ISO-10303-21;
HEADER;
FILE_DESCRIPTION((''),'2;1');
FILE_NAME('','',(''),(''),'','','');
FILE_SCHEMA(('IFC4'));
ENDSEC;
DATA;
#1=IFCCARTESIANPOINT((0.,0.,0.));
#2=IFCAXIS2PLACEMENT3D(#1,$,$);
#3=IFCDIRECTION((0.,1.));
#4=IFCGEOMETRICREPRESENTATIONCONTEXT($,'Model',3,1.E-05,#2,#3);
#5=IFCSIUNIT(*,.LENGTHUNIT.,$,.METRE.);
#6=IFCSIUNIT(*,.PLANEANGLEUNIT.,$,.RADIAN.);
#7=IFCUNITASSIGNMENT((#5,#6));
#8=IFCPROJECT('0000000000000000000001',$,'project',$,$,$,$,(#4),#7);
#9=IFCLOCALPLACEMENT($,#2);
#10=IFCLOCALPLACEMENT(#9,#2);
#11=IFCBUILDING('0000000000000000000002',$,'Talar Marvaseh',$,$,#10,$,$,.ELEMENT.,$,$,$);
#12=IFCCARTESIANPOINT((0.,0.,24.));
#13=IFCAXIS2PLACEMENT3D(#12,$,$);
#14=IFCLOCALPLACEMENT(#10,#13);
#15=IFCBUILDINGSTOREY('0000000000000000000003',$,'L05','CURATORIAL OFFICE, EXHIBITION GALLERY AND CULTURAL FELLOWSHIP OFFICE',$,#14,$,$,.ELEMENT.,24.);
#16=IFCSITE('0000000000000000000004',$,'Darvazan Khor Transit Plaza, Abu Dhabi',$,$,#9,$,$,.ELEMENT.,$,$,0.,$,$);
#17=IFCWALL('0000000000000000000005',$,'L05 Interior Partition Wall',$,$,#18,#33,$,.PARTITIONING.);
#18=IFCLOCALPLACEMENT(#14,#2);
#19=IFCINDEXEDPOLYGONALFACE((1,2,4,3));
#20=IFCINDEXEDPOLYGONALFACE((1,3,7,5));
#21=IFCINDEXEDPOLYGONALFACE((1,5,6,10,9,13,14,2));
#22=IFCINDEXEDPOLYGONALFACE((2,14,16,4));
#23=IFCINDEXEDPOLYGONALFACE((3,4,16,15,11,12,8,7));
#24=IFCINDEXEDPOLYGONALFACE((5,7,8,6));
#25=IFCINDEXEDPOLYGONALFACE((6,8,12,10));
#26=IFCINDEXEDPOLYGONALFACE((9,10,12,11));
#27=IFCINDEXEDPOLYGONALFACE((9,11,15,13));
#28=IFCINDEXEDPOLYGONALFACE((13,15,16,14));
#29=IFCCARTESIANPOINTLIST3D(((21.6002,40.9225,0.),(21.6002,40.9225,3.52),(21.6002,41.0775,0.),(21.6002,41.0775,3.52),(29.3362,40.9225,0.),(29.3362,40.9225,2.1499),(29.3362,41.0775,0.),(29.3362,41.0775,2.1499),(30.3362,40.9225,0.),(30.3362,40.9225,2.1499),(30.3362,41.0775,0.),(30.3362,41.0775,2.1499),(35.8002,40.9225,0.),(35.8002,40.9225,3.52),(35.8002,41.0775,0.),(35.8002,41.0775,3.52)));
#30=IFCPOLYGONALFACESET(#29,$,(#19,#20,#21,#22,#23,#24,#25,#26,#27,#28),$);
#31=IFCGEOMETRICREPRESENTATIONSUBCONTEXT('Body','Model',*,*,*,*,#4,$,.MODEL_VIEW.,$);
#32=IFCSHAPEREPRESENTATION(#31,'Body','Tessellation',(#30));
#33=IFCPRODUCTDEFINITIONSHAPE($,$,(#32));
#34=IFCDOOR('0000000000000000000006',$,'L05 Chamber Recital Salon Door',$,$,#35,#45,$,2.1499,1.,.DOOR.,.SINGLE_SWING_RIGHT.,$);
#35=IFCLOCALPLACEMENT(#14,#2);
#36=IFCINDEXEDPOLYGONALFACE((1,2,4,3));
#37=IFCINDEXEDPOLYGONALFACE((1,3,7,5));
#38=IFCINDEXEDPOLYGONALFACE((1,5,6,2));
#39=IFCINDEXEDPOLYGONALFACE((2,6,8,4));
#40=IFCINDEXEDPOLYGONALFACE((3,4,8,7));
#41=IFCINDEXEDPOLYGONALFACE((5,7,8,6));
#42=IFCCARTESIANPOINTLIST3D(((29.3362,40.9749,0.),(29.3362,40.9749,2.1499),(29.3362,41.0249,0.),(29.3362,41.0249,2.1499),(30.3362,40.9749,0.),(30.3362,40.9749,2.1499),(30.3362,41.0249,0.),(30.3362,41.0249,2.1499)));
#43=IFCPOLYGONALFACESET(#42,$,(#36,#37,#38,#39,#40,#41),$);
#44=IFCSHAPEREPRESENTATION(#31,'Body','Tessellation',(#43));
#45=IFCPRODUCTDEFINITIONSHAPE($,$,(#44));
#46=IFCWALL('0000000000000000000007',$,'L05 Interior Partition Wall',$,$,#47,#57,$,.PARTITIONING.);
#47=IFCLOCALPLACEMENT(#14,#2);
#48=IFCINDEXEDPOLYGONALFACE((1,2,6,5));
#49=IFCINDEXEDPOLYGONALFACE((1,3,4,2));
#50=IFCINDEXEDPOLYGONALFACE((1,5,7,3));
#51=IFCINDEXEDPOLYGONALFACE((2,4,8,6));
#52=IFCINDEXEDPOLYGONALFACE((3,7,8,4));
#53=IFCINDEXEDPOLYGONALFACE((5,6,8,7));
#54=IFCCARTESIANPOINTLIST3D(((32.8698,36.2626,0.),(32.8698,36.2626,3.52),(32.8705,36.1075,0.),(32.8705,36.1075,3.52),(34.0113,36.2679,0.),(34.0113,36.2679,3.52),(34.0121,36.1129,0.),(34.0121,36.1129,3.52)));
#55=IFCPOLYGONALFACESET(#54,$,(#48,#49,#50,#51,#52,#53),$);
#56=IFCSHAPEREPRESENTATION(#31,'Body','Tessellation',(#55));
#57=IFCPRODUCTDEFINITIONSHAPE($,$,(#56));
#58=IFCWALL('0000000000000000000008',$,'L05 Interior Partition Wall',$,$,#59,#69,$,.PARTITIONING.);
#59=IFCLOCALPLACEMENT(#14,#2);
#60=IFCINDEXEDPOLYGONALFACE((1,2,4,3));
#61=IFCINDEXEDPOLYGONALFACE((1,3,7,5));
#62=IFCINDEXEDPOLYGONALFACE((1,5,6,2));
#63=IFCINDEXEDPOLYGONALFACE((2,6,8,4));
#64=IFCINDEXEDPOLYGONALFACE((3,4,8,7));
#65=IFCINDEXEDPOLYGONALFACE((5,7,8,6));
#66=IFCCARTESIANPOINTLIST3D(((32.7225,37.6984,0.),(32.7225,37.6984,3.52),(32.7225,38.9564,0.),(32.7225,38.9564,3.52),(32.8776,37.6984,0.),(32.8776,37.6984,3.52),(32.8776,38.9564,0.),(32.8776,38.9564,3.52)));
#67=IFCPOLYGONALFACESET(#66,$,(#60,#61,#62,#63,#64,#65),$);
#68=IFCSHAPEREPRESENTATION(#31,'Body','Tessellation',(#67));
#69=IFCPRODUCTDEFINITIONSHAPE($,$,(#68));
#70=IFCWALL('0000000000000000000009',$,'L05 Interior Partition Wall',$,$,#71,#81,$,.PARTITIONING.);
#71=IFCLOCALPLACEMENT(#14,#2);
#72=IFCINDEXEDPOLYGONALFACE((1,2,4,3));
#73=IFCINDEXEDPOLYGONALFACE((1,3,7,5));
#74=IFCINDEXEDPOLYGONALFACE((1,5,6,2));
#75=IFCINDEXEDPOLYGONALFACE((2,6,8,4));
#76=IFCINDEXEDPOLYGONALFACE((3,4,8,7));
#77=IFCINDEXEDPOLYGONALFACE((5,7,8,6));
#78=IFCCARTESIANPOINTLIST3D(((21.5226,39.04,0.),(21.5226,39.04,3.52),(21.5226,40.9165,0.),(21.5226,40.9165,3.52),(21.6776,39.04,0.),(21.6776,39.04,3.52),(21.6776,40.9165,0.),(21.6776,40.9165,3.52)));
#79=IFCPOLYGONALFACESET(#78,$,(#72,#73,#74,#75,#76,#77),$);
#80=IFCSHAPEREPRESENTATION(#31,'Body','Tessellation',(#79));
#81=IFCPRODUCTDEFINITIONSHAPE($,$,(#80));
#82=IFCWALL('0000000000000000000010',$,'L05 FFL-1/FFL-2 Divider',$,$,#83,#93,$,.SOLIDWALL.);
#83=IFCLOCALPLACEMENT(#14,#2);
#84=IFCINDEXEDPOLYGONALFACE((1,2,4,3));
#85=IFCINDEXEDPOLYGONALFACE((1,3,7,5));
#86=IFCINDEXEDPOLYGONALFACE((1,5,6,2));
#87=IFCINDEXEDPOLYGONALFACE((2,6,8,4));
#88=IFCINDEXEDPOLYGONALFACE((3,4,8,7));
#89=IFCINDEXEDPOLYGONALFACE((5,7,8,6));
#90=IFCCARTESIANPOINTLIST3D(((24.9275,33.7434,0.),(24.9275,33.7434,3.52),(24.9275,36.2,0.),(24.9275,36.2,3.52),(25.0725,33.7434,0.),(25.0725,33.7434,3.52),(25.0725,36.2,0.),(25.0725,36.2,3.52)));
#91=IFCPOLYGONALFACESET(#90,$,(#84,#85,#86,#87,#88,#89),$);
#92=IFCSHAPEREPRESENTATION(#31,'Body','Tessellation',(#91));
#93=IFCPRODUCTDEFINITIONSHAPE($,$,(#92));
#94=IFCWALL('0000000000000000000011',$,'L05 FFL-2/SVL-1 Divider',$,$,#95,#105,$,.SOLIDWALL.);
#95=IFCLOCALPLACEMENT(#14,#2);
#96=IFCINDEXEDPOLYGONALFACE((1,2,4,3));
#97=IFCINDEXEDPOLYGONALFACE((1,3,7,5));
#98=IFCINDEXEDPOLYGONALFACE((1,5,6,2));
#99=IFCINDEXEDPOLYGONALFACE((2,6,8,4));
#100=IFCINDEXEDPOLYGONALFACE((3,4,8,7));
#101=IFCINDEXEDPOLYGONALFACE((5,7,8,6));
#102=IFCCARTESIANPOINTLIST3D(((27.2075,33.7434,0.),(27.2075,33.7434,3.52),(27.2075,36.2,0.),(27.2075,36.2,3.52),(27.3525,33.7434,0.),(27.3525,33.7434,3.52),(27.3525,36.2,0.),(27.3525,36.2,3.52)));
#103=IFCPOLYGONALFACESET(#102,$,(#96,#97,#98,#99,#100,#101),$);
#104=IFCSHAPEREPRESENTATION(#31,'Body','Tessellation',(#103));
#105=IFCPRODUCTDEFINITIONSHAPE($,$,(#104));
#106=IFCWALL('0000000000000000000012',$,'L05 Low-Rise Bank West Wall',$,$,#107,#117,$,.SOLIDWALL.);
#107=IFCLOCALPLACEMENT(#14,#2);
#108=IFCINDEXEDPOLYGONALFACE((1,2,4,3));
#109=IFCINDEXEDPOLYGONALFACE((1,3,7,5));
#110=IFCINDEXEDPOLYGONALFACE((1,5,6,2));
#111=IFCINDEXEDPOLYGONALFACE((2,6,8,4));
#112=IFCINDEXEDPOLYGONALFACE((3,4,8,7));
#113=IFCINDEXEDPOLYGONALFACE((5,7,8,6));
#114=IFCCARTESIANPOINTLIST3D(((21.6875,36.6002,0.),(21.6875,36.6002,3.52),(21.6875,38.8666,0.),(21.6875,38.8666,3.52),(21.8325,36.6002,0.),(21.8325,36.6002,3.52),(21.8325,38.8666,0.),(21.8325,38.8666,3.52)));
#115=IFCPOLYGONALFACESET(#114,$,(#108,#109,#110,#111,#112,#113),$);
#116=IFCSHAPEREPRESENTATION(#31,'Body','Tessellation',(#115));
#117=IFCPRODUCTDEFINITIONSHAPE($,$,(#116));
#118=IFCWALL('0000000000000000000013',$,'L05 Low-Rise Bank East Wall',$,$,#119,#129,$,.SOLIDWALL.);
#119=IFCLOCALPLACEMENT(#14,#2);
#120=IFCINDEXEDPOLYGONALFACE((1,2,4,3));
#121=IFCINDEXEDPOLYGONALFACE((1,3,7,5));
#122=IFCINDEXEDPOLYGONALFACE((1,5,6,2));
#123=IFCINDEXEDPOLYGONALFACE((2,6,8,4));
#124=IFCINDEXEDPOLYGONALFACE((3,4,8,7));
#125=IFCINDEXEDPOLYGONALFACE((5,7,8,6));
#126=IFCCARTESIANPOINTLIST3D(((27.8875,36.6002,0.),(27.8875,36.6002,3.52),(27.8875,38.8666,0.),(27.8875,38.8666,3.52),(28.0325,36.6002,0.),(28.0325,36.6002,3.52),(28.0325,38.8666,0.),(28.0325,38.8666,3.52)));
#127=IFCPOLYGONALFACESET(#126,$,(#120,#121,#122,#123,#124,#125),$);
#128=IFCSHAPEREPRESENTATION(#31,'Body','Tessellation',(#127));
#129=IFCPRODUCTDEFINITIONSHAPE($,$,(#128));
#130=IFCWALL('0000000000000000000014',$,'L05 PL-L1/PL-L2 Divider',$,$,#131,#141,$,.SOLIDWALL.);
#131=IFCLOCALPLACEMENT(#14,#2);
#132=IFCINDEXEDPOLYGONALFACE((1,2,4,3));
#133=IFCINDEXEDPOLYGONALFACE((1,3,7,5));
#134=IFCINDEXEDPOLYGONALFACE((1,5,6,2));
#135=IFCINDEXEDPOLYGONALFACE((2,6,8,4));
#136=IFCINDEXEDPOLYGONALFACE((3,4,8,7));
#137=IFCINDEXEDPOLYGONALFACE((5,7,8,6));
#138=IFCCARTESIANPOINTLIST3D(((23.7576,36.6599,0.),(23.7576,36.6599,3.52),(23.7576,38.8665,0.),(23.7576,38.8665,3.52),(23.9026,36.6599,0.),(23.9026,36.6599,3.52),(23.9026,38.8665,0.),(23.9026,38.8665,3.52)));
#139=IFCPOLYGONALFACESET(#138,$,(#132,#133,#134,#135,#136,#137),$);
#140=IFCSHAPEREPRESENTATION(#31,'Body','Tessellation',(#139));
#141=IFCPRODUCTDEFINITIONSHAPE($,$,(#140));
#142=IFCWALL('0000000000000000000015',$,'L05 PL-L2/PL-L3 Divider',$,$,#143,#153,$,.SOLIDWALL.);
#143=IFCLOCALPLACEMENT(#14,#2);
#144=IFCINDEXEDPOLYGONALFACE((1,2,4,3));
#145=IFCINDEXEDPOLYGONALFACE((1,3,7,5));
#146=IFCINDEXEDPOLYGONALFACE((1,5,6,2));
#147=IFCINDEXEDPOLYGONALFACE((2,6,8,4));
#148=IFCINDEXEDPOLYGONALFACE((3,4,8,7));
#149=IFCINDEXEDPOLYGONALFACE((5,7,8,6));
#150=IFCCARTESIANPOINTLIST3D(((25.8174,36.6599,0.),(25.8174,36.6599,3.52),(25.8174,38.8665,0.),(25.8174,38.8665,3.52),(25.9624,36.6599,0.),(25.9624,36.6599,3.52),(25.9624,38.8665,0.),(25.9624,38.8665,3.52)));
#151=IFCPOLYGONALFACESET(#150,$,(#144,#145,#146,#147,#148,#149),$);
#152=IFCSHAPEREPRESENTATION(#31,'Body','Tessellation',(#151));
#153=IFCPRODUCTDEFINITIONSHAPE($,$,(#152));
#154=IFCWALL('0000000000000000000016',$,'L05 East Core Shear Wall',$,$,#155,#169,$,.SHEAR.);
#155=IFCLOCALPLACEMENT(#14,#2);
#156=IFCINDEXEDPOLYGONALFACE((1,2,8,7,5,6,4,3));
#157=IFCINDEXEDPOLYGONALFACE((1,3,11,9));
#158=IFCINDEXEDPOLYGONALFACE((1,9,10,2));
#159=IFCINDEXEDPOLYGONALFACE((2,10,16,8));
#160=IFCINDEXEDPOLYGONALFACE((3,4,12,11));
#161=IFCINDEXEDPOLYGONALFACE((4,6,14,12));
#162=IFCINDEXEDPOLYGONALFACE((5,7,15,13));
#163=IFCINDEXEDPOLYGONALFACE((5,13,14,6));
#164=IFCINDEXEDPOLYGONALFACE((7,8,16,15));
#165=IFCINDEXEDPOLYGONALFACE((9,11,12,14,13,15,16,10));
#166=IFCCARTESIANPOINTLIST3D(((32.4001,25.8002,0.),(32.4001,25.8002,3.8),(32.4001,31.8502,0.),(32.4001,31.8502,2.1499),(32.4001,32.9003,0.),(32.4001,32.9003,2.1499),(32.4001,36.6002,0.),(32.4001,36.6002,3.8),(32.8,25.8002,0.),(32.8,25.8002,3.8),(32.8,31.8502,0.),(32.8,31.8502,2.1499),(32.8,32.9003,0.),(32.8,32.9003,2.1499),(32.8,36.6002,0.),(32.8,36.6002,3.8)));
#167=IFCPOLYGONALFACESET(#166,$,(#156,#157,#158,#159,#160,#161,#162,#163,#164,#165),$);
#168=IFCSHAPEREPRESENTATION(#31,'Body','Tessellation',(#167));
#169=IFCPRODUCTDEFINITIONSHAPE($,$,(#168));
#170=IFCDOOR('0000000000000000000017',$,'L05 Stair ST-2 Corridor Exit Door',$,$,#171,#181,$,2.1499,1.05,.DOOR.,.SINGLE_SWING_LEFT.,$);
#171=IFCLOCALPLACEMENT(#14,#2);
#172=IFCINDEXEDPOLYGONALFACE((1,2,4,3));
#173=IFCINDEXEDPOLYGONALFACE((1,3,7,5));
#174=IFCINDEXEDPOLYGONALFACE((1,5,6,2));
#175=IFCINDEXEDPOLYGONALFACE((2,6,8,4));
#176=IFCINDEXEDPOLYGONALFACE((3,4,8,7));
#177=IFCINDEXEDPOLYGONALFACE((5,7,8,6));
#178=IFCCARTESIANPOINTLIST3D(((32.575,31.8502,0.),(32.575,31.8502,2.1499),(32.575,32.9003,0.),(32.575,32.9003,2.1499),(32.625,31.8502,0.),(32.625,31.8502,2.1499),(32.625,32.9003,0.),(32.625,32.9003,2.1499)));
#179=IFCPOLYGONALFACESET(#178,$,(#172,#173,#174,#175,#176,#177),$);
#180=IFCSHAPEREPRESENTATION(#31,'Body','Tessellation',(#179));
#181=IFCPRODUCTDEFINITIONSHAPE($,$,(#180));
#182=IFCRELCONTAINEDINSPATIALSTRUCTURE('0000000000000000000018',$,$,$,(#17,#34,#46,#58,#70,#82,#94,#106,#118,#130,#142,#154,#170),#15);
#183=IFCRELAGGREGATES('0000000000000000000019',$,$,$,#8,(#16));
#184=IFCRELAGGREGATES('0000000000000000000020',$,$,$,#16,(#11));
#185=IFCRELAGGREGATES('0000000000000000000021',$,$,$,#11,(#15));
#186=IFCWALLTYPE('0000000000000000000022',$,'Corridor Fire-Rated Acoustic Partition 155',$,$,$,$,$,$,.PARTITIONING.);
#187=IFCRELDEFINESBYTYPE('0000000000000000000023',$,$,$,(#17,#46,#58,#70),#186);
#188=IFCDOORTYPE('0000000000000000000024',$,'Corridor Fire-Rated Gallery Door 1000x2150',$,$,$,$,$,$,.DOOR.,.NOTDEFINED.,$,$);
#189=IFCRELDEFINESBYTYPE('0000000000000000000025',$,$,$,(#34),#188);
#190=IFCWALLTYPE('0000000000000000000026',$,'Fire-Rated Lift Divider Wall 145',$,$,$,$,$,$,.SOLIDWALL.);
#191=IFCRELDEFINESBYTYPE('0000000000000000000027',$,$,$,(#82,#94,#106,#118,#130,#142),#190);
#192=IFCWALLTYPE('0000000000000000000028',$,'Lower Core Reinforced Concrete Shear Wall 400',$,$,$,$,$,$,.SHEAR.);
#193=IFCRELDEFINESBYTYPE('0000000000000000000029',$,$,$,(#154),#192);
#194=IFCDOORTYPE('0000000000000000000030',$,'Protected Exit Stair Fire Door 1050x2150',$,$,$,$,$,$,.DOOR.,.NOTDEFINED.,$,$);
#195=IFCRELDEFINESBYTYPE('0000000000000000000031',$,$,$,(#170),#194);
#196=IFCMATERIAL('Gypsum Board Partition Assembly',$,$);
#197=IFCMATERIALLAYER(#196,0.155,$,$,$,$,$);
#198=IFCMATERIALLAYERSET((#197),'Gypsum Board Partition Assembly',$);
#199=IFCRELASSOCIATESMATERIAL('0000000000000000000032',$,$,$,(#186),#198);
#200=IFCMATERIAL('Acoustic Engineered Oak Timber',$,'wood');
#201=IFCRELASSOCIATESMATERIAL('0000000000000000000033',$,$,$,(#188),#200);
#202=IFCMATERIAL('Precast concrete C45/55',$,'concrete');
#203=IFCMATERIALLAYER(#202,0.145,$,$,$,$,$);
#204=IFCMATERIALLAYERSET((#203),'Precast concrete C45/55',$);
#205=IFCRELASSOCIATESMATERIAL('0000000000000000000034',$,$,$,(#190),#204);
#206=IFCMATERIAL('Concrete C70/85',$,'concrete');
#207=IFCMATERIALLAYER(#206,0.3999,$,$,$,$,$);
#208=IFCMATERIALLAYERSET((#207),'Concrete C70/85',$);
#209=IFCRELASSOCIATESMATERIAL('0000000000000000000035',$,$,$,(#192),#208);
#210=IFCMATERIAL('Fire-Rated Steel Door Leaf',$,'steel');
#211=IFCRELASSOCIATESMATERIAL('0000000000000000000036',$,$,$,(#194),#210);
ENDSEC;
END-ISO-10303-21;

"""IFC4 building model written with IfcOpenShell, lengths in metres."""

from ifc_helpers import new_model, si_unit, direction, frame, frame_2d, origin, place, context, subcontext, project, spatial, rectangle, extrude, source, transform, mapped, material, layer, layer_set, type_object, type_shapes, element, fill, save


model = new_model("IFC4")

# Units and contexts
model_context = context("Model", 3, precision=1e-05, world=origin(), true_north=direction((0.0, 1.0)))
body_context = subcontext(model_context, "Body", "Model", "MODEL_VIEW")
ifc_project = project(units=[si_unit("LENGTHUNIT", "METRE"), si_unit("PLANEANGLEUNIT", "RADIAN")], contexts=[model_context])

# Site, building, storey
site_placement = place(None, origin())
site = spatial("IfcSite", under=ifc_project, at=site_placement, Name="Darvazan Khor Transit Plaza, Abu Dhabi", CompositionType="ELEMENT", RefElevation=0.0)
building_placement = place(site_placement, origin())
building = spatial("IfcBuilding", under=site, at=building_placement, Name="Talar Marvaseh", CompositionType="ELEMENT")
storey_placement = place(building_placement, frame((0.0, 0.0, 24.0)))
storey = spatial("IfcBuildingStorey", under=building, at=storey_placement, Name="L05", Description="CURATORIAL OFFICE, EXHIBITION GALLERY AND CULTURAL FELLOWSHIP OFFICE", CompositionType="ELEMENT", Elevation=24.0)

# Shared definitions
ifc_material_1 = material(Name="Concrete C70/85", Category="concrete")

# Wall, opening, door
ifc_material_2 = material(Name="Gypsum Board Partition Assembly")
ifc_layer_1 = layer(ifc_material_2, 0.155)
ifc_layer_set_1 = layer_set([ifc_layer_1], Name="Gypsum Board Partition Assembly")
wall_type_1 = type_object("IfcWallType", Name="Corridor Fire-Rated Acoustic Partition 155", PredefinedType="PARTITIONING", material=ifc_layer_set_1)
ifc_material_3 = material(Name="Acoustic Engineered Oak Timber", Category="wood")
wall_1_placement = place(storey_placement, frame((21.6001, 41.0, 0.0), z_axis=(0.0, 0.0, 1.0), x_axis=(1.0, 0.0, 0.0)))
wall_1 = element("IfcWall", 1, at=wall_1_placement, inside=storey, type_object=wall_type_1, Name="L05 Interior Partition Wall", PredefinedType="PARTITIONING", context=body_context, shape_type="SweptSolid", body=[
    extrude(rectangle(XDim=14.2, YDim=0.155, at=frame_2d((7.1001, 0.0))), origin(), (0.0, 0.0, 1.0), 3.52),
])
opening_1_placement = place(wall_1_placement, frame((7.7361, 0.0, 0.0)))
opening_1 = element("IfcOpeningElement", 2, at=opening_1_placement, cuts=wall_1, PredefinedType="OPENING", context=body_context, shape_type="SweptSolid", body=[
    extrude(rectangle(XDim=1.0, YDim=2.1499, at=frame_2d((0.5, 1.075))), frame((0.0, 0.0874, 0.0), z_axis=(0.0, -1.0, 0.0), x_axis=(1.0, 0.0, 0.0)), (0.0, 0.0, 1.0), 0.175),
])
door_type_1 = type_object("IfcDoorType", Name="Corridor Fire-Rated Gallery Door 1000x2150", OperationType="NOTDEFINED", PredefinedType="DOOR", material=ifc_material_3)
shared_shape_1 = source(origin(), body_context, "Body", "SweptSolid", [
    extrude(rectangle(XDim=1.0, YDim=2.1499, at=frame_2d((0.5, 1.075))), frame((0.0, 0.0249, 0.0), z_axis=(0.0, -1.0, 0.0), x_axis=(1.0, 0.0, 0.0)), (0.0, 0.0, 1.0), 0.05),
])
type_shapes(door_type_1, [shared_shape_1])
door_1_placement = place(opening_1_placement, origin())
door_1 = element("IfcDoor", 3, at=door_1_placement, inside=storey, type_object=door_type_1, Name="L05 Chamber Recital Salon Door", OperationType="SINGLE_SWING_RIGHT", OverallHeight=2.1499, OverallWidth=1.0, PredefinedType="DOOR", context=body_context, shape_type="MappedRepresentation", body=[
    mapped(shared_shape_1, transform((0.0, 0.0, 0.0), x_axis=(1.0, 0.0, 0.0), y_axis=(0.0, 1.0, 0.0), z_axis=(0.0, 0.0, 1.0), scale=1.0)),
])
fill(opening_1, door_1)

# Walls
wall_2_placement = place(storey_placement, frame((32.8701, 36.1851, 0.0), z_axis=(0.0, 0.0, 1.0), x_axis=(0.999989, 0.004705, 0.0)))
element("IfcWall", 4, at=wall_2_placement, inside=storey, type_object=wall_type_1, Name="L05 Interior Partition Wall", PredefinedType="PARTITIONING", context=body_context, shape_type="SweptSolid", body=[
    extrude(rectangle(XDim=1.1416, YDim=0.155, at=frame_2d((0.5708, 0.0))), origin(), (0.0, 0.0, 1.0), 3.52),
])
wall_3_placement = place(storey_placement, frame((32.8, 37.6985, 0.0), z_axis=(0.0, 0.0, 1.0), x_axis=(0.0, 1.0, 0.0)))
element("IfcWall", 5, at=wall_3_placement, inside=storey, type_object=wall_type_1, Name="L05 Interior Partition Wall", PredefinedType="PARTITIONING", context=body_context, shape_type="SweptSolid", body=[
    extrude(rectangle(XDim=1.2581, YDim=0.155, at=frame_2d((0.6289, 0.0))), origin(), (0.0, 0.0, 1.0), 3.52),
])
wall_4_placement = place(storey_placement, frame((21.6001, 39.04, 0.0), z_axis=(0.0, 0.0, 1.0), x_axis=(0.0, 1.0, 0.0)))
element("IfcWall", 6, at=wall_4_placement, inside=storey, type_object=wall_type_1, Name="L05 Interior Partition Wall", PredefinedType="PARTITIONING", context=body_context, shape_type="SweptSolid", body=[
    extrude(rectangle(XDim=1.8765, YDim=0.155, at=frame_2d((0.9382, 0.0))), origin(), (0.0, 0.0, 1.0), 3.52),
])
ifc_material_4 = material(Name="Precast concrete C45/55", Category="concrete")
ifc_layer_2 = layer(ifc_material_4, 0.145)
ifc_layer_set_2 = layer_set([ifc_layer_2], Name="Precast concrete C45/55")
wall_type_2 = type_object("IfcWallType", Name="Fire-Rated Lift Divider Wall 145", PredefinedType="SOLIDWALL", material=ifc_layer_set_2)
for number, where, z_axis, x_axis, name in (
    (7, (25.0, 33.7434, 0.0), (0.0, 0.0, 1.0), (0.0, 1.0, 0.0), "L05 FFL-1/FFL-2 Divider"),
    (8, (27.28, 33.7434, 0.0), (0.0, 0.0, 1.0), (0.0, 1.0, 0.0), "L05 FFL-2/SVL-1 Divider"),
):
    element("IfcWall", number, at=place(storey_placement, frame(where, z_axis=z_axis, x_axis=x_axis)), inside=storey, type_object=wall_type_2, Name=name, PredefinedType="SOLIDWALL", context=body_context, shape_type="SweptSolid", body=[
        extrude(rectangle(XDim=2.4565, YDim=0.145, at=frame_2d((1.2283, 0.0))), origin(), (0.0, 0.0, 1.0), 3.52),
    ])
for number, where, z_axis, x_axis, name in (
    (9, (21.76, 36.6001, 0.0), (0.0, 0.0, 1.0), (0.0, 1.0, 0.0), "L05 Low-Rise Bank West Wall"),
    (10, (27.96, 36.6001, 0.0), (0.0, 0.0, 1.0), (0.0, 1.0, 0.0), "L05 Low-Rise Bank East Wall"),
):
    element("IfcWall", number, at=place(storey_placement, frame(where, z_axis=z_axis, x_axis=x_axis)), inside=storey, type_object=wall_type_2, Name=name, PredefinedType="SOLIDWALL", context=body_context, shape_type="SweptSolid", body=[
        extrude(rectangle(XDim=2.2664, YDim=0.145, at=frame_2d((1.1333, 0.0))), origin(), (0.0, 0.0, 1.0), 3.52),
    ])
for number, where, z_axis, x_axis, name in (
    (11, (23.8301, 36.6599, 0.0), (0.0, 0.0, 1.0), (0.0, 1.0, 0.0), "L05 PL-L1/PL-L2 Divider"),
    (12, (25.8899, 36.6599, 0.0), (0.0, 0.0, 1.0), (0.0, 1.0, 0.0), "L05 PL-L2/PL-L3 Divider"),
):
    element("IfcWall", number, at=place(storey_placement, frame(where, z_axis=z_axis, x_axis=x_axis)), inside=storey, type_object=wall_type_2, Name=name, PredefinedType="SOLIDWALL", context=body_context, shape_type="SweptSolid", body=[
        extrude(rectangle(XDim=2.2065, YDim=0.145, at=frame_2d((1.1033, 0.0))), origin(), (0.0, 0.0, 1.0), 3.52),
    ])

# Wall, opening, door
ifc_layer_3 = layer(ifc_material_1, 0.3999)
ifc_layer_set_3 = layer_set([ifc_layer_3], Name="Concrete C70/85")
wall_type_3 = type_object("IfcWallType", Name="Lower Core Reinforced Concrete Shear Wall 400", PredefinedType="SHEAR", material=ifc_layer_set_3)
wall_5_placement = place(storey_placement, frame((32.6001, 36.6001, 0.0), z_axis=(0.0, 0.0, 1.0), x_axis=(0.0, -1.0, 0.0)))
wall_5 = element("IfcWall", 13, at=wall_5_placement, inside=storey, type_object=wall_type_3, Name="L05 East Core Shear Wall", PredefinedType="SHEAR", context=body_context, shape_type="SweptSolid", body=[
    extrude(rectangle(XDim=10.8, YDim=0.3999, at=frame_2d((5.3999, 0.0))), origin(), (0.0, 0.0, 1.0), 3.8),
])
opening_2_placement = place(wall_5_placement, frame((3.7, 0.0, 0.0)))
opening_2 = element("IfcOpeningElement", 14, at=opening_2_placement, cuts=wall_5, PredefinedType="OPENING", context=body_context, shape_type="SweptSolid", body=[
    extrude(rectangle(XDim=1.05, YDim=2.1499, at=frame_2d((0.5249, 1.075))), frame((0.0, 0.21, 0.0), z_axis=(0.0, -1.0, 0.0), x_axis=(1.0, 0.0, 0.0)), (0.0, 0.0, 1.0), 0.4199),
])
ifc_material_5 = material(Name="Fire-Rated Steel Door Leaf", Category="steel")
door_type_2 = type_object("IfcDoorType", Name="Protected Exit Stair Fire Door 1050x2150", OperationType="NOTDEFINED", PredefinedType="DOOR", material=ifc_material_5)
shared_shape_2 = source(origin(), body_context, "Body", "SweptSolid", [
    extrude(rectangle(XDim=1.05, YDim=2.1499, at=frame_2d((0.5249, 1.075))), frame((0.0, 0.0249, 0.0), z_axis=(0.0, -1.0, 0.0), x_axis=(1.0, 0.0, 0.0)), (0.0, 0.0, 1.0), 0.05),
])
type_shapes(door_type_2, [shared_shape_2])
door_2_placement = place(opening_2_placement, origin())
door_2 = element("IfcDoor", 15, at=door_2_placement, inside=storey, type_object=door_type_2, Name="L05 Stair ST-2 Corridor Exit Door", OperationType="SINGLE_SWING_LEFT", OverallHeight=2.1499, OverallWidth=1.05, PredefinedType="DOOR", context=body_context, shape_type="MappedRepresentation", body=[
    mapped(shared_shape_2, transform((0.0, 0.0, 0.0), x_axis=(1.0, 0.0, 0.0), y_axis=(0.0, 1.0, 0.0), z_axis=(0.0, 0.0, 1.0), scale=1.0)),
])
fill(opening_2, door_2)

save(model, "model.ifc")
